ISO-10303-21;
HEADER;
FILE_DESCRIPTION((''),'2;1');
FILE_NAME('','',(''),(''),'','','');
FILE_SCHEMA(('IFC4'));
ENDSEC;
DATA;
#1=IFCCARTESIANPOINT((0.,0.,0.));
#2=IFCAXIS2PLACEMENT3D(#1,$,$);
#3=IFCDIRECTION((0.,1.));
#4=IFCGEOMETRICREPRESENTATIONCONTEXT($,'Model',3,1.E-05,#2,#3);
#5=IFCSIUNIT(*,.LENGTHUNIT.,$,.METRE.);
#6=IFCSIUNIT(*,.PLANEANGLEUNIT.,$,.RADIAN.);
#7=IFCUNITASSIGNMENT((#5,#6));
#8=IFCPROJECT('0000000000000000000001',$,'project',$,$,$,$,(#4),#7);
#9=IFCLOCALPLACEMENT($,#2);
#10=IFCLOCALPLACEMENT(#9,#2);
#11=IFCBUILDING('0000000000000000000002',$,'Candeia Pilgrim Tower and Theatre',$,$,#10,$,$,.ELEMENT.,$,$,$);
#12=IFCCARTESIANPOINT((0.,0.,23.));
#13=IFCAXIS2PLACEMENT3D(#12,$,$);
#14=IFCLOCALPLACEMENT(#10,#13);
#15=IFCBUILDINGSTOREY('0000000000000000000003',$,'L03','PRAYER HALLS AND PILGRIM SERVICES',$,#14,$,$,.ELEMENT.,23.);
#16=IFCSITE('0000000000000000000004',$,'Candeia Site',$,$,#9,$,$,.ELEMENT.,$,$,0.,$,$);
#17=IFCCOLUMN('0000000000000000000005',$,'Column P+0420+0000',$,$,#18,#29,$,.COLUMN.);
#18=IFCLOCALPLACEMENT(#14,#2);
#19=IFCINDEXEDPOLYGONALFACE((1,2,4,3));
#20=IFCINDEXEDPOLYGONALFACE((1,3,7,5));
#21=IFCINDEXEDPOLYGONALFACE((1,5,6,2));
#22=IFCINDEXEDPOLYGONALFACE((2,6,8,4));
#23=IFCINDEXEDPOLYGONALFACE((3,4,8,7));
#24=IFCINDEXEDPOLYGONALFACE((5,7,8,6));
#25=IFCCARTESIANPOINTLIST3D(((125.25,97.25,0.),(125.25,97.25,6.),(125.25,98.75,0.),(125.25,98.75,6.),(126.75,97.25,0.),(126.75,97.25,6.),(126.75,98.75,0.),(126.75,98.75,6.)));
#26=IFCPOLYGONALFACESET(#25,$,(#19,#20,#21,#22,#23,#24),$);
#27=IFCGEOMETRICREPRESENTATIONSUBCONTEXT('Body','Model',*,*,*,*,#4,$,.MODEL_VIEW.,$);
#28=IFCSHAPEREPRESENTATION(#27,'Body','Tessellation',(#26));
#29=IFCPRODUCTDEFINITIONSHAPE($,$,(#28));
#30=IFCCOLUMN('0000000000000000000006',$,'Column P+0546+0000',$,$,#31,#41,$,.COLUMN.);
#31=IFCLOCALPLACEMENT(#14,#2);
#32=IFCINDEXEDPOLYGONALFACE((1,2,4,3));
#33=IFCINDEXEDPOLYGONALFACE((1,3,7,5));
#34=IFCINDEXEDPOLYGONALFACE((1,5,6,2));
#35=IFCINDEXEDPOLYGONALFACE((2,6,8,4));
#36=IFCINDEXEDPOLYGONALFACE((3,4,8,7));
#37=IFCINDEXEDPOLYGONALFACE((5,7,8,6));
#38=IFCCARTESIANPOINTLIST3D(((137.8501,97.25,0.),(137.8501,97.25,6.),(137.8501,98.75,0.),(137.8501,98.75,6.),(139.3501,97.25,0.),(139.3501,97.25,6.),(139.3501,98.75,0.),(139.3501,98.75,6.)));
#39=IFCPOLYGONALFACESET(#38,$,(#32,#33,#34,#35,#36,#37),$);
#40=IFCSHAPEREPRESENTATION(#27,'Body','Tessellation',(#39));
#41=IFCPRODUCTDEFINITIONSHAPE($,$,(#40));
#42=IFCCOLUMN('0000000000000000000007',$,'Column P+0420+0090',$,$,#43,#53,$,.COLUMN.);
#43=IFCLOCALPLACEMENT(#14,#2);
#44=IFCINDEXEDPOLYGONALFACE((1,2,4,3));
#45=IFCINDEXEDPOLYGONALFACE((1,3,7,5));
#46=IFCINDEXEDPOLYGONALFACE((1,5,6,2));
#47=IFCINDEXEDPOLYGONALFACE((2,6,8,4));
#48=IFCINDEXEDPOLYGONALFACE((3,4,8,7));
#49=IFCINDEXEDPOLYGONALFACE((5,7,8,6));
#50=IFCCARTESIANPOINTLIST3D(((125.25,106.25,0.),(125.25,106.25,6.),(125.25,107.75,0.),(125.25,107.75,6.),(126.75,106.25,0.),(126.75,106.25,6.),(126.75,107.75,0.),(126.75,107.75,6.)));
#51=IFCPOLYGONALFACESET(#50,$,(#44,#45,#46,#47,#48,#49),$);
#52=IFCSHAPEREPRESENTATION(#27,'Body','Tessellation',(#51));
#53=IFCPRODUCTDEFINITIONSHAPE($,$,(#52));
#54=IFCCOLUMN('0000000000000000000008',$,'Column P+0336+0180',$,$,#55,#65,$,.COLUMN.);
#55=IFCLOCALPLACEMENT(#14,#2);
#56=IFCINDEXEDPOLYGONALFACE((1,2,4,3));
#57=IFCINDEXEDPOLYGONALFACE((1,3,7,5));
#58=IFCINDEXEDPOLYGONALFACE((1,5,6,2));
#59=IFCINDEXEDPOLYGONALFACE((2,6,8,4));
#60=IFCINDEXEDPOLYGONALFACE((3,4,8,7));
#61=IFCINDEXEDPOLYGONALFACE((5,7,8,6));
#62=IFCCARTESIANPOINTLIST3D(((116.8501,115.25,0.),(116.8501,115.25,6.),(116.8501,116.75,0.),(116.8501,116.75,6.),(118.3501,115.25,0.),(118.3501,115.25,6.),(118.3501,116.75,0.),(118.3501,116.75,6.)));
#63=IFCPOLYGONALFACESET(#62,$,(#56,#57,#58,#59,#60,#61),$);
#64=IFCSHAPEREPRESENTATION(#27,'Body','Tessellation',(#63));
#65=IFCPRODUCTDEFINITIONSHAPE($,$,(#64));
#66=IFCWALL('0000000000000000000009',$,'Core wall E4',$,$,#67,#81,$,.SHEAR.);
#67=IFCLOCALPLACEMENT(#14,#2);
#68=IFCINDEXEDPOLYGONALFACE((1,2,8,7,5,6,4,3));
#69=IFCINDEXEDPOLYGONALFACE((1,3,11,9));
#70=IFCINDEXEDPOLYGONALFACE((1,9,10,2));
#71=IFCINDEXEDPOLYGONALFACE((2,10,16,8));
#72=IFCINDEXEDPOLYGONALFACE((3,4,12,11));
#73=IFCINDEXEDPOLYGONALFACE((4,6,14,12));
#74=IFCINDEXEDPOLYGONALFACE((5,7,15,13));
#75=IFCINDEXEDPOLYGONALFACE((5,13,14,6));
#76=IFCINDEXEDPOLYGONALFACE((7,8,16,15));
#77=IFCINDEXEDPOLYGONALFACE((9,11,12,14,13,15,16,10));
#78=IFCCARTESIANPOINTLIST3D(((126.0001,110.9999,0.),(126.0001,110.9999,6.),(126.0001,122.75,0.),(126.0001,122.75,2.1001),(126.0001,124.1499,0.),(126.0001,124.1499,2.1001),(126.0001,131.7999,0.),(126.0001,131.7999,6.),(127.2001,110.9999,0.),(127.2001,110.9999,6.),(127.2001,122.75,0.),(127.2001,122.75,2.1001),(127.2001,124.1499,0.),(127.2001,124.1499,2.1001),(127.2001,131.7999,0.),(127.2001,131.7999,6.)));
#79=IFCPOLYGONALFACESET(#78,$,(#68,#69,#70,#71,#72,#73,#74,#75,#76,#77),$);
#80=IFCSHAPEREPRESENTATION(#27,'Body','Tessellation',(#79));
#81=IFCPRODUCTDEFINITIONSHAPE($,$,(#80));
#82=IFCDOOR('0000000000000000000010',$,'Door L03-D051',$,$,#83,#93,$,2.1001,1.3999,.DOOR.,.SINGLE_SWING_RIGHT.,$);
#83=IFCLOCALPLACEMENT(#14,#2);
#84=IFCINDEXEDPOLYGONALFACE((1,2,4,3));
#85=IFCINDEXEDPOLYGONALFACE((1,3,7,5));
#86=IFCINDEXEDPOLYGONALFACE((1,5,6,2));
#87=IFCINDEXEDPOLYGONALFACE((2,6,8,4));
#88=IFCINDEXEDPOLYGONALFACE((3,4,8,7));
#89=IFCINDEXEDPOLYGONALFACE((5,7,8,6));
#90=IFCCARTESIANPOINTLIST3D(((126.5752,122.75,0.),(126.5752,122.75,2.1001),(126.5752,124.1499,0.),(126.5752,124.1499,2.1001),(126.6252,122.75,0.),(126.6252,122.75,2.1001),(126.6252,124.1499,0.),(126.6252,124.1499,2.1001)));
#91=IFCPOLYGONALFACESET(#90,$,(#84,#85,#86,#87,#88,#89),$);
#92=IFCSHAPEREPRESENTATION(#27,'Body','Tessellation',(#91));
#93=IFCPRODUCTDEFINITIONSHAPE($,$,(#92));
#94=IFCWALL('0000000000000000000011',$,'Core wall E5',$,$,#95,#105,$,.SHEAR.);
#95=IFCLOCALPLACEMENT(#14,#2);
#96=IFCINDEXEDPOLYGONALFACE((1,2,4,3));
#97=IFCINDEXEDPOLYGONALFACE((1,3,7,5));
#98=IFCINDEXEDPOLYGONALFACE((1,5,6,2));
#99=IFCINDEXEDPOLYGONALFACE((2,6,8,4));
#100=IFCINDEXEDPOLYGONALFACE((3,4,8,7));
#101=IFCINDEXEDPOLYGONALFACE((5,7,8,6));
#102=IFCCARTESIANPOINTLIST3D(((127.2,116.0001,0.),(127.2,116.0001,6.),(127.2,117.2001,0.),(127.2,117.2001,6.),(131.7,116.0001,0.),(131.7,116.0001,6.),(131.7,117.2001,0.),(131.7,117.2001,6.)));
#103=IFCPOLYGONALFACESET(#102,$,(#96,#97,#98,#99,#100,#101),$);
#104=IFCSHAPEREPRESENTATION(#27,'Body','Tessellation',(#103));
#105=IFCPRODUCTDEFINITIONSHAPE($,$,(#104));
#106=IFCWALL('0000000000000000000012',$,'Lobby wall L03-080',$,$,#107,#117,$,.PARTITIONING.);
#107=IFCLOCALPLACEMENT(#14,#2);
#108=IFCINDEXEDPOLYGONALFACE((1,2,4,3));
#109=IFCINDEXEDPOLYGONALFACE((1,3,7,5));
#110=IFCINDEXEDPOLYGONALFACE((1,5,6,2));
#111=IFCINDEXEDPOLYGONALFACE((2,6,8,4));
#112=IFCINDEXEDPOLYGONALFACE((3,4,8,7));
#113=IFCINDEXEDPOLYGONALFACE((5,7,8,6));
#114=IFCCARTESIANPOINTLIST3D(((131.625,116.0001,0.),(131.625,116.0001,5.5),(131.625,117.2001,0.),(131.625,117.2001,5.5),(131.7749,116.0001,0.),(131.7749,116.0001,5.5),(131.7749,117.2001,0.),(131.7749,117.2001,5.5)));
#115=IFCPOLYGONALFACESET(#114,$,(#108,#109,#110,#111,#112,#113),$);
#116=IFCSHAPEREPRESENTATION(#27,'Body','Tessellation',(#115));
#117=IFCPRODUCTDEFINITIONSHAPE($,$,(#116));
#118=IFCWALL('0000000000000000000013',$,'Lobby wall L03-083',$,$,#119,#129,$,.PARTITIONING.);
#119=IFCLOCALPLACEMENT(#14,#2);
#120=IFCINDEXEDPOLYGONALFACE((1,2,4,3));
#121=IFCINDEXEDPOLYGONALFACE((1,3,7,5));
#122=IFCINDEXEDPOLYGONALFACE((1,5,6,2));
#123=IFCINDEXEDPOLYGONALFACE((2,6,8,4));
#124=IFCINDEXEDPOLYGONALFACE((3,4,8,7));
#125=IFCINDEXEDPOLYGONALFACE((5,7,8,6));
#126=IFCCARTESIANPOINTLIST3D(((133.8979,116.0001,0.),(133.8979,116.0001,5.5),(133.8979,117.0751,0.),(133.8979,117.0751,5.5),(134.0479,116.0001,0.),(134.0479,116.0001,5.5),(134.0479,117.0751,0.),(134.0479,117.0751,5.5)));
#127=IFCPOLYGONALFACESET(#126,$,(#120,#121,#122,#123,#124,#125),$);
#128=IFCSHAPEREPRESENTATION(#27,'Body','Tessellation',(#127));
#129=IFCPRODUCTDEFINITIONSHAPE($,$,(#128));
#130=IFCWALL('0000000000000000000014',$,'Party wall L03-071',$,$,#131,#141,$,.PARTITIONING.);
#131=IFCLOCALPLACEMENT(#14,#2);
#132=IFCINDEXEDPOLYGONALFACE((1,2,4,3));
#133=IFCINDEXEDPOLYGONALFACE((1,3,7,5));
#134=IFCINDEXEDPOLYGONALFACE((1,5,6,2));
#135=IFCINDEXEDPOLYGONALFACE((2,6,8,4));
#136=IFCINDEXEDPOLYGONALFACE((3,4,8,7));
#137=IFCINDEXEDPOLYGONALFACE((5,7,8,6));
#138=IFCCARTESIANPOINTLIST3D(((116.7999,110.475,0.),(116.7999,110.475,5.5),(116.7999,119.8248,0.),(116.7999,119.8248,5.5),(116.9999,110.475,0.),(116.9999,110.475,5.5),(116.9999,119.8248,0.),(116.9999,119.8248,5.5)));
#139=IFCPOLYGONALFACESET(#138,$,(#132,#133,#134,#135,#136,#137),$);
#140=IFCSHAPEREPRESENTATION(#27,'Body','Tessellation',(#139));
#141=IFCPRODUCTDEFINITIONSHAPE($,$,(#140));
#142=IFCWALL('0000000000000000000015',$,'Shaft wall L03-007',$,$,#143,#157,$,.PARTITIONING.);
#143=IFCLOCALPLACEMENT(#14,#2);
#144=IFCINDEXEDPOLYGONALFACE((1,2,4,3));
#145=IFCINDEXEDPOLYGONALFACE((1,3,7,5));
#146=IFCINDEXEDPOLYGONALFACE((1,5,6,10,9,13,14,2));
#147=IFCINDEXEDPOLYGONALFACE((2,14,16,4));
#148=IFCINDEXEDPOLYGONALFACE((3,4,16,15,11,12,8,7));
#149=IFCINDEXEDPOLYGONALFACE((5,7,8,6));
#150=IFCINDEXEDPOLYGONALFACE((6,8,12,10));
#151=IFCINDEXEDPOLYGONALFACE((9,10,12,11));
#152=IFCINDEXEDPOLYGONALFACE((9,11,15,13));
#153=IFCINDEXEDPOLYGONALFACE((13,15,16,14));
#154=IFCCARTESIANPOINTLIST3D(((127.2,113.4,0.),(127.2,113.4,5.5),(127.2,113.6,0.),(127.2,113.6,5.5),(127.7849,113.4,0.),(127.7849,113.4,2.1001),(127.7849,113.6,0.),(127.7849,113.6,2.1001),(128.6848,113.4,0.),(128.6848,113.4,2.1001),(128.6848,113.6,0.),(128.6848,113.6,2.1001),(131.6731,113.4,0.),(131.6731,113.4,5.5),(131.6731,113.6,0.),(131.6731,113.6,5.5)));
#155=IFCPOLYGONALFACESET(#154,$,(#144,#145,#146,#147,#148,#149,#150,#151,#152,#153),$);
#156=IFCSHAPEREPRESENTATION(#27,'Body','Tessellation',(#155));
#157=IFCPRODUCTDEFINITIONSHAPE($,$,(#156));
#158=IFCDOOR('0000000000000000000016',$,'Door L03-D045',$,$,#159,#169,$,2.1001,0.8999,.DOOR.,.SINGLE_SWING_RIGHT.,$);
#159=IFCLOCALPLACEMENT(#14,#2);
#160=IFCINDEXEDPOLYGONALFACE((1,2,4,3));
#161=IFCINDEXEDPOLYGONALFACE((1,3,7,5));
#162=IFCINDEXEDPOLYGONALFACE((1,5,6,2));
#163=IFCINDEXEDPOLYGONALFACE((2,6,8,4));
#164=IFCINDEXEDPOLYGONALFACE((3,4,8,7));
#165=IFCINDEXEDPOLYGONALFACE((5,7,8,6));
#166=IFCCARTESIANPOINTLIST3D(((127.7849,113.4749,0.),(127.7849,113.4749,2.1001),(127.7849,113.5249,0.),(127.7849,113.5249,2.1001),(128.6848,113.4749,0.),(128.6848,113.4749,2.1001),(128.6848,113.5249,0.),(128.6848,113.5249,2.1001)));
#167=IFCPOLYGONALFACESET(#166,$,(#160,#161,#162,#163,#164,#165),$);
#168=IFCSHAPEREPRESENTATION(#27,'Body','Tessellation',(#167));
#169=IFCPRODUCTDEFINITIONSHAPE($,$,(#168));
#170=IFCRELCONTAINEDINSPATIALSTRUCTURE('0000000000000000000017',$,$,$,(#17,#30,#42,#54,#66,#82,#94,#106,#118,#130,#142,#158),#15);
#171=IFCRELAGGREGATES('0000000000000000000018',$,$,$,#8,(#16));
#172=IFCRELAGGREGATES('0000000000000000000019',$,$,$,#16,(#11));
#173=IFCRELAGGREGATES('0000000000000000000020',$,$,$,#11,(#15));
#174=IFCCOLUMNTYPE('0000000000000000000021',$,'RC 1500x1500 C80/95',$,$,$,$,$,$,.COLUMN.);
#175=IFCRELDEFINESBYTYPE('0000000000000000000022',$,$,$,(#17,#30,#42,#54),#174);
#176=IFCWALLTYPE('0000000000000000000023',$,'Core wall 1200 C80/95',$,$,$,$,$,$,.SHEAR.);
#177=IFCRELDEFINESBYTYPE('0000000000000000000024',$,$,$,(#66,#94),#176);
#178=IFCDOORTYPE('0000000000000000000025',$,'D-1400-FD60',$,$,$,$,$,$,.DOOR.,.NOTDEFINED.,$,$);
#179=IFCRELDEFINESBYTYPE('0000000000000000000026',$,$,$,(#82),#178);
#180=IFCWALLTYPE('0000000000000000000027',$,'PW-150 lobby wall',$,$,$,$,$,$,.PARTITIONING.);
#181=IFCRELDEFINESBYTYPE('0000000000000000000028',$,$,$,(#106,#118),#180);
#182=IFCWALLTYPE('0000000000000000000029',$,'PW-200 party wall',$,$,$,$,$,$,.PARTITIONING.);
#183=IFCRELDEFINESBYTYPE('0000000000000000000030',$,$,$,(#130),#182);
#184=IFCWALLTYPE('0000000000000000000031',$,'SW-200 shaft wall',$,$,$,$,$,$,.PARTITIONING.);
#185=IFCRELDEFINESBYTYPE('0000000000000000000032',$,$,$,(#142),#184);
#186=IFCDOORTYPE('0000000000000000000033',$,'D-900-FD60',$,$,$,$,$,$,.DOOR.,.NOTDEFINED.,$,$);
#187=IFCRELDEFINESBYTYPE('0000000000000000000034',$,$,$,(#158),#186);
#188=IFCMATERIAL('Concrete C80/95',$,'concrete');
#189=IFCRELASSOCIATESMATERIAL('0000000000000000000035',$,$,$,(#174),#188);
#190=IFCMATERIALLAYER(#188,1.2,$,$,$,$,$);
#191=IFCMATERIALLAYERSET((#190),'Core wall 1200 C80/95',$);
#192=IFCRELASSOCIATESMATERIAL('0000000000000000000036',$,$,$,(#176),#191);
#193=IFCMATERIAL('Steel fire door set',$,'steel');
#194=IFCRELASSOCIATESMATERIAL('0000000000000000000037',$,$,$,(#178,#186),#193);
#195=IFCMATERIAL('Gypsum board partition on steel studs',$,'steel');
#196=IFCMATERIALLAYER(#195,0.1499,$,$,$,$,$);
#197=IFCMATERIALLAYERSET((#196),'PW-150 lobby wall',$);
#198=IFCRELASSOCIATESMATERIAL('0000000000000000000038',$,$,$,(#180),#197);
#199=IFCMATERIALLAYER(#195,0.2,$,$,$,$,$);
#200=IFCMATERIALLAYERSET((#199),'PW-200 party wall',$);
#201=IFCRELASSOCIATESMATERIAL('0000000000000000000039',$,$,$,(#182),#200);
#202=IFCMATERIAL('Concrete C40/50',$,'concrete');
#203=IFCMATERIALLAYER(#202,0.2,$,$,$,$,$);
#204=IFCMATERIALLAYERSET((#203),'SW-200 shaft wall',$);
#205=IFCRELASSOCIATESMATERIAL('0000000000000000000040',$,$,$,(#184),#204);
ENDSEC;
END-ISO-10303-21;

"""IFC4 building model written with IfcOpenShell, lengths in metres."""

from ifc_helpers import new_model, si_unit, direction, frame, frame_2d, origin, origin_2d, place, context, subcontext, project, spatial, rectangle, extrude, material, layer, layer_set, material_profile, profile_set, type_object, element, fill, save


model = new_model("IFC4")

# Units and contexts
model_context = context("Model", 3, precision=1e-05, world=origin(), true_north=direction((0.0, 1.0)))
body_context = subcontext(model_context, "Body", "Model", "MODEL_VIEW")
ifc_project = project(units=[si_unit("LENGTHUNIT", "METRE"), si_unit("PLANEANGLEUNIT", "RADIAN")], contexts=[model_context])

# Site, building, storey
site_placement = place(None, origin())
site = spatial("IfcSite", under=ifc_project, at=site_placement, Name="Candeia Site", CompositionType="ELEMENT", RefElevation=0.0)
building_placement = place(site_placement, origin())
building = spatial("IfcBuilding", under=site, at=building_placement, Name="Candeia Pilgrim Tower and Theatre", CompositionType="ELEMENT")
storey_placement = place(building_placement, frame((0.0, 0.0, 23.0)))
storey = spatial("IfcBuildingStorey", under=building, at=storey_placement, Name="L03", Description="PRAYER HALLS AND PILGRIM SERVICES", CompositionType="ELEMENT", Elevation=23.0)

# Columns
ifc_material_1 = material(Name="Concrete C80/95", Category="concrete")
ifc_material_profile = material_profile(ifc_material_1, rectangle(XDim=1.5, YDim=1.5, at=origin_2d()))
ifc_profile_set = profile_set([ifc_material_profile], Name="Concrete C80/95")
column_type = type_object("IfcColumnType", Name="RC 1500x1500 C80/95", PredefinedType="COLUMN", material=ifc_profile_set)
for number, where, z_axis, x_axis, name in (
    (1, (126.0, 98.0, 0.0), (0.0, 0.0, 1.0), (1.0, 0.0, 0.0), "Column P+0420+0000"),
    (2, (138.6001, 98.0, 0.0), (0.0, 0.0, 1.0), (1.0, 0.0, 0.0), "Column P+0546+0000"),
    (3, (126.0, 107.0, 0.0), (0.0, 0.0, 1.0), (1.0, 0.0, 0.0), "Column P+0420+0090"),
    (4, (117.6001, 116.0, 0.0), (0.0, 0.0, 1.0), (1.0, 0.0, 0.0), "Column P+0336+0180"),
):
    element("IfcColumn", number, at=place(storey_placement, frame(where, z_axis=z_axis, x_axis=x_axis)), inside=storey, type_object=column_type, Name=name, PredefinedType="COLUMN", context=body_context, shape_type="SweptSolid", body=[
        extrude(rectangle(XDim=1.5, YDim=1.5, at=origin_2d()), origin(), (0.0, 0.0, 1.0), 6.0),
    ])

# Wall, opening, door
ifc_layer_1 = layer(ifc_material_1, 1.2)
ifc_layer_set_1 = layer_set([ifc_layer_1], Name="Core wall 1200 C80/95")
wall_type_1 = type_object("IfcWallType", Name="Core wall 1200 C80/95", PredefinedType="SHEAR", material=ifc_layer_set_1)
wall_1_placement = place(storey_placement, frame((126.6001, 111.0, 0.0), z_axis=(0.0, 0.0, 1.0), x_axis=(0.0, 1.0, 0.0)))
wall_1 = element("IfcWall", 5, at=wall_1_placement, inside=storey, type_object=wall_type_1, Name="Core wall E4", PredefinedType="SHEAR", context=body_context, shape_type="SweptSolid", body=[
    extrude(rectangle(XDim=20.8, YDim=1.2, at=frame_2d((10.3999, 0.0))), origin(), (0.0, 0.0, 1.0), 6.0),
])
opening_1_placement = place(wall_1_placement, frame((11.75, 0.0, 0.0)))
opening_1 = element("IfcOpeningElement", 6, at=opening_1_placement, cuts=wall_1, PredefinedType="OPENING", context=body_context, shape_type="SweptSolid", body=[
    extrude(rectangle(XDim=1.3999, YDim=2.1001, at=frame_2d((0.7, 1.05))), frame((0.0, 0.6099, 0.0), z_axis=(0.0, -1.0, 0.0), x_axis=(1.0, 0.0, 0.0)), (0.0, 0.0, 1.0), 1.22),
])
ifc_material_2 = material(Name="Steel fire door set", Category="steel")
door_type_1 = type_object("IfcDoorType", Name="D-1400-FD60", OperationType="NOTDEFINED", PredefinedType="DOOR", material=ifc_material_2)
door_1_placement = place(opening_1_placement, origin())
door_1 = element("IfcDoor", 7, at=door_1_placement, inside=storey, type_object=door_type_1, Name="Door L03-D051", OperationType="SINGLE_SWING_RIGHT", OverallHeight=2.1001, OverallWidth=1.3999, PredefinedType="DOOR", context=body_context, shape_type="SweptSolid", body=[
    extrude(rectangle(XDim=1.3999, YDim=2.1001, at=frame_2d((0.7, 1.05))), frame((0.0, 0.0249, 0.0), z_axis=(0.0, -1.0, 0.0), x_axis=(1.0, 0.0, 0.0)), (0.0, 0.0, 1.0), 0.05),
])
fill(opening_1, door_1)

# Walls
wall_2_placement = place(storey_placement, frame((127.2, 116.6001, 0.0), z_axis=(0.0, 0.0, 1.0), x_axis=(1.0, 0.0, 0.0)))
element("IfcWall", 8, at=wall_2_placement, inside=storey, type_object=wall_type_1, Name="Core wall E5", PredefinedType="SHEAR", context=body_context, shape_type="SweptSolid", body=[
    extrude(rectangle(XDim=4.5, YDim=1.2, at=frame_2d((2.25, 0.0))), origin(), (0.0, 0.0, 1.0), 6.0),
])
ifc_material_3 = material(Name="Gypsum board partition on steel studs", Category="steel")
ifc_layer_2 = layer(ifc_material_3, 0.1499)
ifc_layer_set_2 = layer_set([ifc_layer_2], Name="PW-150 lobby wall")
wall_type_2 = type_object("IfcWallType", Name="PW-150 lobby wall", PredefinedType="PARTITIONING", material=ifc_layer_set_2)
wall_3_placement = place(storey_placement, frame((131.7, 116.0, 0.0), z_axis=(0.0, 0.0, 1.0), x_axis=(0.0, 1.0, 0.0)))
element("IfcWall", 9, at=wall_3_placement, inside=storey, type_object=wall_type_2, Name="Lobby wall L03-080", PredefinedType="PARTITIONING", context=body_context, shape_type="SweptSolid", body=[
    extrude(rectangle(XDim=1.2, YDim=0.1499, at=frame_2d((0.6001, 0.0))), origin(), (0.0, 0.0, 1.0), 5.5),
])
wall_4_placement = place(storey_placement, frame((133.9729, 116.0, 0.0), z_axis=(0.0, 0.0, 1.0), x_axis=(0.0, 1.0, 0.0)))
element("IfcWall", 10, at=wall_4_placement, inside=storey, type_object=wall_type_2, Name="Lobby wall L03-083", PredefinedType="PARTITIONING", context=body_context, shape_type="SweptSolid", body=[
    extrude(rectangle(XDim=1.075, YDim=0.1499, at=frame_2d((0.5376, 0.0))), origin(), (0.0, 0.0, 1.0), 5.5),
])
ifc_layer_3 = layer(ifc_material_3, 0.2)
ifc_layer_set_3 = layer_set([ifc_layer_3], Name="PW-200 party wall")
wall_type_3 = type_object("IfcWallType", Name="PW-200 party wall", PredefinedType="PARTITIONING", material=ifc_layer_set_3)
wall_5_placement = place(storey_placement, frame((116.8999, 110.4751, 0.0), z_axis=(0.0, 0.0, 1.0), x_axis=(0.0, 1.0, 0.0)))
element("IfcWall", 11, at=wall_5_placement, inside=storey, type_object=wall_type_3, Name="Party wall L03-071", PredefinedType="PARTITIONING", context=body_context, shape_type="SweptSolid", body=[
    extrude(rectangle(XDim=9.3499, YDim=0.2, at=frame_2d((4.6748, 0.0))), origin(), (0.0, 0.0, 1.0), 5.5),
])

# Wall, opening, door
ifc_material_4 = material(Name="Concrete C40/50", Category="concrete")
ifc_layer_4 = layer(ifc_material_4, 0.2)
ifc_layer_set_4 = layer_set([ifc_layer_4], Name="SW-200 shaft wall")
wall_type_4 = type_object("IfcWallType", Name="SW-200 shaft wall", PredefinedType="PARTITIONING", material=ifc_layer_set_4)
wall_6_placement = place(storey_placement, frame((127.2, 113.5, 0.0), z_axis=(0.0, 0.0, 1.0), x_axis=(1.0, 0.0, 0.0)))
wall_6 = element("IfcWall", 12, at=wall_6_placement, inside=storey, type_object=wall_type_4, Name="Shaft wall L03-007", PredefinedType="PARTITIONING", context=body_context, shape_type="SweptSolid", body=[
    extrude(rectangle(XDim=4.4731, YDim=0.2, at=frame_2d((2.2366, 0.0))), origin(), (0.0, 0.0, 1.0), 5.5),
])
opening_2_placement = place(wall_6_placement, frame((0.585, 0.0, 0.0)))
opening_2 = element("IfcOpeningElement", 13, at=opening_2_placement, cuts=wall_6, PredefinedType="OPENING", context=body_context, shape_type="SweptSolid", body=[
    extrude(rectangle(XDim=0.8999, YDim=2.1001, at=frame_2d((0.45, 1.05))), frame((0.0, 0.1099, 0.0), z_axis=(0.0, -1.0, 0.0), x_axis=(1.0, 0.0, 0.0)), (0.0, 0.0, 1.0), 0.22),
])
door_type_2 = type_object("IfcDoorType", Name="D-900-FD60", OperationType="NOTDEFINED", PredefinedType="DOOR", material=ifc_material_2)
door_2_placement = place(opening_2_placement, origin())
door_2 = element("IfcDoor", 14, at=door_2_placement, inside=storey, type_object=door_type_2, Name="Door L03-D045", OperationType="SINGLE_SWING_RIGHT", OverallHeight=2.1001, OverallWidth=0.8999, PredefinedType="DOOR", context=body_context, shape_type="SweptSolid", body=[
    extrude(rectangle(XDim=0.8999, YDim=2.1001, at=frame_2d((0.45, 1.05))), frame((0.0, 0.0249, 0.0), z_axis=(0.0, -1.0, 0.0), x_axis=(1.0, 0.0, 0.0)), (0.0, 0.0, 1.0), 0.05),
])
fill(opening_2, door_2)

save(model, "model.ifc")
